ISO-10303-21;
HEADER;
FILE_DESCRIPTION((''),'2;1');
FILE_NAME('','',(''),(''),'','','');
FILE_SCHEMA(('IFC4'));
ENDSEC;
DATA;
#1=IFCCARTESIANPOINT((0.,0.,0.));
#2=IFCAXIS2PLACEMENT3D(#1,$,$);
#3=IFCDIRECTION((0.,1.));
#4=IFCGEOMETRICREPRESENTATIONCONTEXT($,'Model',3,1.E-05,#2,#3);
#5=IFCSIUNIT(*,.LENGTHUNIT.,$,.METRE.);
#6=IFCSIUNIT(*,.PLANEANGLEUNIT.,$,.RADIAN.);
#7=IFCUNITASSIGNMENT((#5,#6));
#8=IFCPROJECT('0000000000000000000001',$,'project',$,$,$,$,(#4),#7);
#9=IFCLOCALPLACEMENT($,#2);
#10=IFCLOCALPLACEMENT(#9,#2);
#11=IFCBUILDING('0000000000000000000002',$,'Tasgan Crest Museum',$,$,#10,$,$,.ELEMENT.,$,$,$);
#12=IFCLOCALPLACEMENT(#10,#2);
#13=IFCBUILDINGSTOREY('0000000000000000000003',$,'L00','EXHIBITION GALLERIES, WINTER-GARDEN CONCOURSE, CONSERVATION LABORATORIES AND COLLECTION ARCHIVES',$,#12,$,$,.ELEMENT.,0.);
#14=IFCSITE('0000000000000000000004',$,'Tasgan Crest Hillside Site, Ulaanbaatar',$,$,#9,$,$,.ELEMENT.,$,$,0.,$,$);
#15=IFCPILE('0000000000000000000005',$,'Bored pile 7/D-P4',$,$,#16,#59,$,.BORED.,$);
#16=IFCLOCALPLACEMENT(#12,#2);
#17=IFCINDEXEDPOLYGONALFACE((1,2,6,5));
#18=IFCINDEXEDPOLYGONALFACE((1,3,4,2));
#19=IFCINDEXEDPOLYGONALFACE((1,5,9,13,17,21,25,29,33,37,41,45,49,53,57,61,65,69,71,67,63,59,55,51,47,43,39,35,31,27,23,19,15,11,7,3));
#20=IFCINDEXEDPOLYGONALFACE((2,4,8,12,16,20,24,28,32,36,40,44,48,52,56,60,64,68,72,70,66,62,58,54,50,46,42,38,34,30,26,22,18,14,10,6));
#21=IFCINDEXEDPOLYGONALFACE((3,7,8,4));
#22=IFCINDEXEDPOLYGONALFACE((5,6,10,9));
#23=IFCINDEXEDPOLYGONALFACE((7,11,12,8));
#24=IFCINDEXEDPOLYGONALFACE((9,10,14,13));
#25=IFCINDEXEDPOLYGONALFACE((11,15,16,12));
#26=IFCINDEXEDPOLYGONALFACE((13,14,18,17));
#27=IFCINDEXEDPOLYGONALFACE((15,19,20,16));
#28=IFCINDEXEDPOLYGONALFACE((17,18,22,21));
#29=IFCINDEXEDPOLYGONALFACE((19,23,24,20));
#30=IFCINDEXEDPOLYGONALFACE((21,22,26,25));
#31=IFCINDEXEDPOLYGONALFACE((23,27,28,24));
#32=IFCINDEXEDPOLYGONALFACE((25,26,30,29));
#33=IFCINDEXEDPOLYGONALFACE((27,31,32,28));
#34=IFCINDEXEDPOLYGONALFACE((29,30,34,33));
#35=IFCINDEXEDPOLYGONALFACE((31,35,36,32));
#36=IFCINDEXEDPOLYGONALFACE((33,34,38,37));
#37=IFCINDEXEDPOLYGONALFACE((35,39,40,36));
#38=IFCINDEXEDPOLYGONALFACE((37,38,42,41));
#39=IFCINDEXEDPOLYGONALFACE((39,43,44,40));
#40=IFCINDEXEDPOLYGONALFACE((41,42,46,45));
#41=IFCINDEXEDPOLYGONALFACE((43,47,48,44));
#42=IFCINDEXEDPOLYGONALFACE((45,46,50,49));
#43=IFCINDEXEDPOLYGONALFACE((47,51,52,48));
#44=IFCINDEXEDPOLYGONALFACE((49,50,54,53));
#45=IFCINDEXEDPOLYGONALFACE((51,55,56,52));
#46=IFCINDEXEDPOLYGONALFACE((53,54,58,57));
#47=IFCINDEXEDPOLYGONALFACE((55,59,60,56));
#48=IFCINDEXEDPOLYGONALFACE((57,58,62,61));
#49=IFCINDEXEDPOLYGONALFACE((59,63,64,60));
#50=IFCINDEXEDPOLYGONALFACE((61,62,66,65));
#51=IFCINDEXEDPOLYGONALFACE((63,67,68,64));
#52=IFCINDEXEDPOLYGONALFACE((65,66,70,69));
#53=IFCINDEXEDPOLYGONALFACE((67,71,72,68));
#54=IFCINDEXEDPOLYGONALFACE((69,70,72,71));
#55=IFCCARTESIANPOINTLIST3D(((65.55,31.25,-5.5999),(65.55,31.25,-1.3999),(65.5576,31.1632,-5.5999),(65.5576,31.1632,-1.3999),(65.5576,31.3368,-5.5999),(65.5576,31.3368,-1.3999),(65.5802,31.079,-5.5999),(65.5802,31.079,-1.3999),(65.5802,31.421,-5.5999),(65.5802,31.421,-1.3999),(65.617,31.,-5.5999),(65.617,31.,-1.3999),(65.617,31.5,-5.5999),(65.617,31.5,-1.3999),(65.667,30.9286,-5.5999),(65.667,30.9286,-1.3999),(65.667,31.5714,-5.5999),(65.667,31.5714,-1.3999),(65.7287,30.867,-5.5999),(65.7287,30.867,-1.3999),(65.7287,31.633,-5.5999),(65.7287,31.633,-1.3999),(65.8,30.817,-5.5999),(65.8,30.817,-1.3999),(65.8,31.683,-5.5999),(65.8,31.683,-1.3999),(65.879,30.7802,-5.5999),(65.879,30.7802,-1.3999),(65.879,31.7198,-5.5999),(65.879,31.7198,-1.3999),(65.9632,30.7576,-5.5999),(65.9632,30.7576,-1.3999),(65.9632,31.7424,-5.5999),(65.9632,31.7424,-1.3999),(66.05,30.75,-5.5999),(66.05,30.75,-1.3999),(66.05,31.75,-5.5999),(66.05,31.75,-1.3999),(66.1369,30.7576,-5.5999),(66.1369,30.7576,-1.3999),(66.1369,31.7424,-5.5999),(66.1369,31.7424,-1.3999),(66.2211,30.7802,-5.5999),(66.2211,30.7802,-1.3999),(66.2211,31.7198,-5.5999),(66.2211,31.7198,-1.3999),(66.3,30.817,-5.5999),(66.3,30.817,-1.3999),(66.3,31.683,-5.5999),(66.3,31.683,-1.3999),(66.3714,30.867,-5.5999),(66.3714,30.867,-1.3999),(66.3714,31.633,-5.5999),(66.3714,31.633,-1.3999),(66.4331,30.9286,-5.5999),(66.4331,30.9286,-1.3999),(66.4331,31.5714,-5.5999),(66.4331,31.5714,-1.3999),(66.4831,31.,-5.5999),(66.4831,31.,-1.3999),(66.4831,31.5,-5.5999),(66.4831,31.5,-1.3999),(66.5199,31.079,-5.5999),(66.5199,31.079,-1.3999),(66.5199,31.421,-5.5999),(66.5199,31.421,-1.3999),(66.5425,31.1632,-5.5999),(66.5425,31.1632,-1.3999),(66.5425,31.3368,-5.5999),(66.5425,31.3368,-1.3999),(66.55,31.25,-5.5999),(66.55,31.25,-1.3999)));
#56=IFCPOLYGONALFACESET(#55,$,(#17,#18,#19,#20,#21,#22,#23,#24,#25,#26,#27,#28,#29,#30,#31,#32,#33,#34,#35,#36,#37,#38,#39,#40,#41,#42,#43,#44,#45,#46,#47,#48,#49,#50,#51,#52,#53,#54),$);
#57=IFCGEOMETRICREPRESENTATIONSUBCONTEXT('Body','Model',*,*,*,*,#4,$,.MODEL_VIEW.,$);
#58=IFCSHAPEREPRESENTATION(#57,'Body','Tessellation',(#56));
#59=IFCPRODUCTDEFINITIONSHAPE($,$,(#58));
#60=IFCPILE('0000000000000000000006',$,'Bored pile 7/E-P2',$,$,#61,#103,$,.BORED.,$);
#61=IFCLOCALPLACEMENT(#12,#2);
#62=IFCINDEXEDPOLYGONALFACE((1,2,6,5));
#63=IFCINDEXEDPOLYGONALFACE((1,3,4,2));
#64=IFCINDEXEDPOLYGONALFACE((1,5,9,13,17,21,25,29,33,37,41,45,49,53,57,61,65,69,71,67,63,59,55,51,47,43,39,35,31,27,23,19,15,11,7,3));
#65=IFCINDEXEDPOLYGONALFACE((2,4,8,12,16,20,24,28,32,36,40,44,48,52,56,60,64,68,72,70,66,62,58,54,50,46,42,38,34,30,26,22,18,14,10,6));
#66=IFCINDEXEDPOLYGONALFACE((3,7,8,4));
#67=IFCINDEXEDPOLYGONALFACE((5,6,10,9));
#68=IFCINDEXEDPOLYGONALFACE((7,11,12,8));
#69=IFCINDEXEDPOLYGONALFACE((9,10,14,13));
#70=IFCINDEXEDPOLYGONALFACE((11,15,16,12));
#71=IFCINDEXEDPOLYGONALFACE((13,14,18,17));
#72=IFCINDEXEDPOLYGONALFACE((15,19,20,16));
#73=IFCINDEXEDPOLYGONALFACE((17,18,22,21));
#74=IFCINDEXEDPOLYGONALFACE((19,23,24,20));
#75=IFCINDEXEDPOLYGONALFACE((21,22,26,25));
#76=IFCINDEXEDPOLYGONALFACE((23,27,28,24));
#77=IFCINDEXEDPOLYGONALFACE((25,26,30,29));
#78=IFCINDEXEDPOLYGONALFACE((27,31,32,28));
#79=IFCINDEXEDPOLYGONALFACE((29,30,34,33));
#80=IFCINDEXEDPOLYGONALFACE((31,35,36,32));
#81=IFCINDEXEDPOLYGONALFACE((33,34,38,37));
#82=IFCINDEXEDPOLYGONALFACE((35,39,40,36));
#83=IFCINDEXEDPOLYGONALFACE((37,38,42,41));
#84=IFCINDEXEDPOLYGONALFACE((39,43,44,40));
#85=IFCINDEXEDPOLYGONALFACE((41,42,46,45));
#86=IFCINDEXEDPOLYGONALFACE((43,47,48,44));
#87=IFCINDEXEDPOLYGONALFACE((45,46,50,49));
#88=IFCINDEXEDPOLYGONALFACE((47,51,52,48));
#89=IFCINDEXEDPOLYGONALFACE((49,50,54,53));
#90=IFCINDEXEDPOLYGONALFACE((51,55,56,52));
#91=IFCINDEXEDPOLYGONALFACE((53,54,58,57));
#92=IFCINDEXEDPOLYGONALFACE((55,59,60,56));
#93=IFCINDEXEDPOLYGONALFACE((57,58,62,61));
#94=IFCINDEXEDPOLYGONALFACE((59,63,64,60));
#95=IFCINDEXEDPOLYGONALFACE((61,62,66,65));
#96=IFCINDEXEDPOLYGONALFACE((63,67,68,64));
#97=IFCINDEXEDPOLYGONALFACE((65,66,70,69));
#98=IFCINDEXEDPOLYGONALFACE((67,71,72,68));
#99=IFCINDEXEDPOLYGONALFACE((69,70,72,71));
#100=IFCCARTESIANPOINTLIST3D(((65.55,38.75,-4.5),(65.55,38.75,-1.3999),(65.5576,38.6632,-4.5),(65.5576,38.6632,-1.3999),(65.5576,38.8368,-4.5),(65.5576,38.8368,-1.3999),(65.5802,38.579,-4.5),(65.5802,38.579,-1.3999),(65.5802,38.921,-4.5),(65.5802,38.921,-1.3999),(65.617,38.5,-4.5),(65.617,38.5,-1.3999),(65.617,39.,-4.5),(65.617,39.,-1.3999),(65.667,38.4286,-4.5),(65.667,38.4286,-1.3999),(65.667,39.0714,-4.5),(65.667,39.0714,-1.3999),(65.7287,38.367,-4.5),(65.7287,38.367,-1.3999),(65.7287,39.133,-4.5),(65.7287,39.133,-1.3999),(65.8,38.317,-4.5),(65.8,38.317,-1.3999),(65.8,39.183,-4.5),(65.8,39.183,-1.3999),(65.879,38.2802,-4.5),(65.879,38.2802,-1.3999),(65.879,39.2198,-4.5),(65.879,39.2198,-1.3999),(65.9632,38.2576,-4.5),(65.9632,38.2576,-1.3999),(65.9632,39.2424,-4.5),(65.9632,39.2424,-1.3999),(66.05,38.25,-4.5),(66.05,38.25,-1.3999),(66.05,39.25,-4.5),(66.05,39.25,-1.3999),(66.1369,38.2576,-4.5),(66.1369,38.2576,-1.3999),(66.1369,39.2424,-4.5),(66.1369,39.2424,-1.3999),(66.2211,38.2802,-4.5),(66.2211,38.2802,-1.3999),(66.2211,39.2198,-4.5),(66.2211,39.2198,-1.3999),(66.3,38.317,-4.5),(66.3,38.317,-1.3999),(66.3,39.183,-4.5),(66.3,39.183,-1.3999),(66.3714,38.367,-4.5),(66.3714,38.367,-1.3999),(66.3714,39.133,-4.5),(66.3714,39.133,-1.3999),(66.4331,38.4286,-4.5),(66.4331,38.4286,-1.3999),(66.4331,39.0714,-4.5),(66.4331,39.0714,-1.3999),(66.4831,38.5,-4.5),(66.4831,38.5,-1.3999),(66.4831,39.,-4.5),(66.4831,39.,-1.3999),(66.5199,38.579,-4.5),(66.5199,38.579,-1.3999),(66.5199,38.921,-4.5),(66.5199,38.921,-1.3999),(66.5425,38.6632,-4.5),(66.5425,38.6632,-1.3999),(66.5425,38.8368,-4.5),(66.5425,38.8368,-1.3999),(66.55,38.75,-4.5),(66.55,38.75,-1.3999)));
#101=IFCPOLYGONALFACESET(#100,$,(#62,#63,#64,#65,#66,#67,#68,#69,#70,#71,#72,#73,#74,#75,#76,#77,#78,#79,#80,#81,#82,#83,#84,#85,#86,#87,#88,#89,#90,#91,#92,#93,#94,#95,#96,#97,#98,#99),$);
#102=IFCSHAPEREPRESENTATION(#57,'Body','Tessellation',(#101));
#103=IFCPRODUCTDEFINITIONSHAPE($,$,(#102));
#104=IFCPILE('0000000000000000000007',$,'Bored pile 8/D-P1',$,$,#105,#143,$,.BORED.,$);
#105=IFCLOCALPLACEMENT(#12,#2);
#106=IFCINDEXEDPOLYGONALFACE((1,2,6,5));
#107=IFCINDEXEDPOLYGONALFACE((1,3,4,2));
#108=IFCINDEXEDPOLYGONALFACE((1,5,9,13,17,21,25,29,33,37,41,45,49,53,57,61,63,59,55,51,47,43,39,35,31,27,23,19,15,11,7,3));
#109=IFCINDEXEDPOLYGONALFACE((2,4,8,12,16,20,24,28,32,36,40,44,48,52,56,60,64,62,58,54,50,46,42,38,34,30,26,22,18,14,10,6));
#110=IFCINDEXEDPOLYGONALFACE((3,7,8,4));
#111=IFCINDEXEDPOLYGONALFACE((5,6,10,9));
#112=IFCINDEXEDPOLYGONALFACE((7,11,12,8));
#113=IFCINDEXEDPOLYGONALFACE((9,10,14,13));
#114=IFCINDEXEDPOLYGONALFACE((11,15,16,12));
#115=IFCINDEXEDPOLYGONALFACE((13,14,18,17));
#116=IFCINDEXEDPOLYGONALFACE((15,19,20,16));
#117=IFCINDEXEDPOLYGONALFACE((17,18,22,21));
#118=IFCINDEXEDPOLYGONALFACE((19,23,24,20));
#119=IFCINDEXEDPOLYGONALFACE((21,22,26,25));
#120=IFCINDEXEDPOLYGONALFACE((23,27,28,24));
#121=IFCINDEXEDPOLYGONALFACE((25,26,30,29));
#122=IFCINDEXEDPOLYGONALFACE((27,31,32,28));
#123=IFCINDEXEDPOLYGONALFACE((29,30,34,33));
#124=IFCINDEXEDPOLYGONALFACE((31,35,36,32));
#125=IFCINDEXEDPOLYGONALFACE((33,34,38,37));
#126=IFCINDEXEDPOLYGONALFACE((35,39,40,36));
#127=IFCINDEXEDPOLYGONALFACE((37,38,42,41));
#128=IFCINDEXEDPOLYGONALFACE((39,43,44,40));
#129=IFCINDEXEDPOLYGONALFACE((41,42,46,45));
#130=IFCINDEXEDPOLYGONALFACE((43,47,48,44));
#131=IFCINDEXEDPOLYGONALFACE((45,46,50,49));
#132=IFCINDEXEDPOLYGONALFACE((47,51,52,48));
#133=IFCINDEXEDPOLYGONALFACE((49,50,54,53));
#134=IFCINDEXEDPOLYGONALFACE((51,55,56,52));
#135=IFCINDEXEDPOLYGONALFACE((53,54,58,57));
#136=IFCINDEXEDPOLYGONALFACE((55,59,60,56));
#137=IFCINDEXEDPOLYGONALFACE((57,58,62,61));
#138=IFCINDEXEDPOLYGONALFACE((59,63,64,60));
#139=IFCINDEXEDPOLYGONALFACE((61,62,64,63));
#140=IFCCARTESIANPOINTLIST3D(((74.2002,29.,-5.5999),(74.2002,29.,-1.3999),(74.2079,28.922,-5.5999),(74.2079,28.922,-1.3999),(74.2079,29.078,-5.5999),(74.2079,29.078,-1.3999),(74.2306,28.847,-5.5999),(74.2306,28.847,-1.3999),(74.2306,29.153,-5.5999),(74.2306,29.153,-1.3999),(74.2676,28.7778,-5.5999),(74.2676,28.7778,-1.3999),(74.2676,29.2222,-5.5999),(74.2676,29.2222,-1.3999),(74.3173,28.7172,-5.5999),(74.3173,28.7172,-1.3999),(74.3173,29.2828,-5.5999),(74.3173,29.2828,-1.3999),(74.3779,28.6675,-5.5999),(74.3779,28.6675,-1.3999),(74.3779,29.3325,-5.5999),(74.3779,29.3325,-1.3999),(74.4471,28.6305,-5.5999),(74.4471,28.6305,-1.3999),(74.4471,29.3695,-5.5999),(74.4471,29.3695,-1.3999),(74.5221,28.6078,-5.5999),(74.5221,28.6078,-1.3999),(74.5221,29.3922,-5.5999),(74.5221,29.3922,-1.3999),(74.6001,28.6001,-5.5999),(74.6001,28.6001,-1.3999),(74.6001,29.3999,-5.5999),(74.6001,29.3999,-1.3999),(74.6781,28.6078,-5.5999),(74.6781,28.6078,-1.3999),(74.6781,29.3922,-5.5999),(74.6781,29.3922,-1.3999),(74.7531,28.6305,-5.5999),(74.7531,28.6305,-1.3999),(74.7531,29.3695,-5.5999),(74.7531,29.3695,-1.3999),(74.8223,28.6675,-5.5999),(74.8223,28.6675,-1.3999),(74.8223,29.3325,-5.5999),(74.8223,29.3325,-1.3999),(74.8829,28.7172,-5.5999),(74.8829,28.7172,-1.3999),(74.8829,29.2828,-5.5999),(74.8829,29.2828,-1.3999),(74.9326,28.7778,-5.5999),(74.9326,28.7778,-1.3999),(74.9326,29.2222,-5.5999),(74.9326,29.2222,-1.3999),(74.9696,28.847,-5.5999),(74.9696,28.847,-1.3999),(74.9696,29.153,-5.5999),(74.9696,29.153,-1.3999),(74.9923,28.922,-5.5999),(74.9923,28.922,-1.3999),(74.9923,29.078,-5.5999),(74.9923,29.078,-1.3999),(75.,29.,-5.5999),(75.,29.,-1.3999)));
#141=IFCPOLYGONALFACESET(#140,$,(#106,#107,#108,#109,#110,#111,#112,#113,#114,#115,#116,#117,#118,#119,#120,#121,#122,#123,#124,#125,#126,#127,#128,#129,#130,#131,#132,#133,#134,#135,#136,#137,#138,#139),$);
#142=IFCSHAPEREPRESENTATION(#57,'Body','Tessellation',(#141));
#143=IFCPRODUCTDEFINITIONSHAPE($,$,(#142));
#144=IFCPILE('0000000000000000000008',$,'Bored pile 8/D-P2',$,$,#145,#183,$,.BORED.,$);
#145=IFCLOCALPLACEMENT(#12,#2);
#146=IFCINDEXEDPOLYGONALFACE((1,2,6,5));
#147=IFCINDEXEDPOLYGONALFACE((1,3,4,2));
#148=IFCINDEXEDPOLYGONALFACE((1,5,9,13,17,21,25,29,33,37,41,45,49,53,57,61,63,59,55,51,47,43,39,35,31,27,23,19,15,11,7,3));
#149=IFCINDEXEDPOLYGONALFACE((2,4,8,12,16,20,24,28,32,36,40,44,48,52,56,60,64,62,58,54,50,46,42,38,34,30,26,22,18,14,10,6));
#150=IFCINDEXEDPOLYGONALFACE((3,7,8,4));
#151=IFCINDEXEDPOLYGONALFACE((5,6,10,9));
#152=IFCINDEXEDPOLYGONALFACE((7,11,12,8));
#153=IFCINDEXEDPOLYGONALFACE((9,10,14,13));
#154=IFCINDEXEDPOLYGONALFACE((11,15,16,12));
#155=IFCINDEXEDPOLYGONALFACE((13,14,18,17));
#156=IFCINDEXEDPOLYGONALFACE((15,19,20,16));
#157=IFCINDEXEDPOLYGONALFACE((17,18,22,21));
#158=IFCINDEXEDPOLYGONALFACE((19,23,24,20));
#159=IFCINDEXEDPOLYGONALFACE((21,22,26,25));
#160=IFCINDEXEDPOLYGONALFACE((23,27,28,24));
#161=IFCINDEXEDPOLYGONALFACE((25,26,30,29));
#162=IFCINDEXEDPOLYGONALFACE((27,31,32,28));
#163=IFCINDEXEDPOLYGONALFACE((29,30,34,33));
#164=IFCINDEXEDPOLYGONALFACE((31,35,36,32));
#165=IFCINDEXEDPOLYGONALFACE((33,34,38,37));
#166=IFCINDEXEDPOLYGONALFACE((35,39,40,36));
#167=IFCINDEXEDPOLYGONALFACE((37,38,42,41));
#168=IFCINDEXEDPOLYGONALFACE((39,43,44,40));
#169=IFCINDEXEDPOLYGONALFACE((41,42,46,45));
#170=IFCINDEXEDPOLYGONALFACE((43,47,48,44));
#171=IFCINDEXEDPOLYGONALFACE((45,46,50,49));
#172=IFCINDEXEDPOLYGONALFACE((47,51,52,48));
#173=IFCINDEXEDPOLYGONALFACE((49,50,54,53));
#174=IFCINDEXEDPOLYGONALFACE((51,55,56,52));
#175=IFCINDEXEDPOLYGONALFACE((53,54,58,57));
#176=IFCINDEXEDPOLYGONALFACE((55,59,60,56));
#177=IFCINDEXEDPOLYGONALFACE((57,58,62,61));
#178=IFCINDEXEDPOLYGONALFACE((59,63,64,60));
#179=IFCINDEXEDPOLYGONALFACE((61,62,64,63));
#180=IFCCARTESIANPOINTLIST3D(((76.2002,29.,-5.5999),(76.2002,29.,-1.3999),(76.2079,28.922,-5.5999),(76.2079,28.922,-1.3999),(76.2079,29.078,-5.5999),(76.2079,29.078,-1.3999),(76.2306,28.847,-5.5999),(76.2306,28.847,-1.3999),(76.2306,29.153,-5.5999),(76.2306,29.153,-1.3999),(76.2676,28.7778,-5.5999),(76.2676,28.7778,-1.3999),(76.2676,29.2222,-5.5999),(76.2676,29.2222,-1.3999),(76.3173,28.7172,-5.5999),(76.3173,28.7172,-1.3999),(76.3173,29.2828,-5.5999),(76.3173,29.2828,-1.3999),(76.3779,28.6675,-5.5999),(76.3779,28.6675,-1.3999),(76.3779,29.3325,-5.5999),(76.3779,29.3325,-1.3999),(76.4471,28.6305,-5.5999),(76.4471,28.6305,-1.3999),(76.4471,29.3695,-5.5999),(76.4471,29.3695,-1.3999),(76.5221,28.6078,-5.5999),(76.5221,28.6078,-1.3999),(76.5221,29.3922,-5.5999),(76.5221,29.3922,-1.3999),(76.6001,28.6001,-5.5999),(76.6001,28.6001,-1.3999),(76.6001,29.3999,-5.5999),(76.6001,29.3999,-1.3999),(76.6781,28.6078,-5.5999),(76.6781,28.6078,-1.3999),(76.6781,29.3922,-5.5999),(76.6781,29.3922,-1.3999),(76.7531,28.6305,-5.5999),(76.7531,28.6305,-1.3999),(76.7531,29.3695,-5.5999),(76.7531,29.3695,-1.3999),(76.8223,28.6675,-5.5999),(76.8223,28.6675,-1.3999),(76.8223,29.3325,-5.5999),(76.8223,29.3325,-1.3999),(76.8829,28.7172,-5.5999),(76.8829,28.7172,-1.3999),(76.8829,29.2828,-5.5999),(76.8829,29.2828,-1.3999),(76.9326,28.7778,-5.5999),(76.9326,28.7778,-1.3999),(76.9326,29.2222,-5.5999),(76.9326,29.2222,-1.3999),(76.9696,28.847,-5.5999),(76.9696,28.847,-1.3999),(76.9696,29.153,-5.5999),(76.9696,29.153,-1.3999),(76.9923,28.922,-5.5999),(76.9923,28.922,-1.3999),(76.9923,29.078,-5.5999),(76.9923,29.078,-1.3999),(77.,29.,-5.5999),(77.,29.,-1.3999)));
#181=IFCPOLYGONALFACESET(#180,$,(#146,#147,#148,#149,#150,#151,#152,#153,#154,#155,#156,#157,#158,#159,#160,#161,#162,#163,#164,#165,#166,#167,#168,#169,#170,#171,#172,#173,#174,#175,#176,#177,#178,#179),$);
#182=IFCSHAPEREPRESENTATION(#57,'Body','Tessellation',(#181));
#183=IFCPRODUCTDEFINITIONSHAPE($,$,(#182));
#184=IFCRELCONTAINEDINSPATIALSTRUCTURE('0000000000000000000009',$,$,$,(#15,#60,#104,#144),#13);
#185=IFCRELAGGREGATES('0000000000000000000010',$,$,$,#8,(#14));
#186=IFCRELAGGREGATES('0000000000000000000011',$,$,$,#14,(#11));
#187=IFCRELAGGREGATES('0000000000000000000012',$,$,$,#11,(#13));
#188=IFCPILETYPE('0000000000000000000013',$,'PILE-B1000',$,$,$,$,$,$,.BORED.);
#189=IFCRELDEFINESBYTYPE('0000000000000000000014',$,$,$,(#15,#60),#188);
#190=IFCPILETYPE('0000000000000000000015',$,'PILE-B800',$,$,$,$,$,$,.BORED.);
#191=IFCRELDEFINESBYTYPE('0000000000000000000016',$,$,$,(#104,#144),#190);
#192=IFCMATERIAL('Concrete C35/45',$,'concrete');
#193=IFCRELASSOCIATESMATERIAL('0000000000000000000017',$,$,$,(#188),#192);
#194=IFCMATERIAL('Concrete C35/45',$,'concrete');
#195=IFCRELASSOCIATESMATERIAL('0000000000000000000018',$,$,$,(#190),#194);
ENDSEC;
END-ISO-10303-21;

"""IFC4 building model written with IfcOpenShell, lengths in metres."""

from ifc_helpers import new_model, si_unit, direction, frame, origin, origin_2d, place, context, subcontext, project, spatial, circle, extrude, material, material_profile, profile_set, type_object, element, save


model = new_model("IFC4")

# Units and contexts
model_context = context("Model", 3, precision=1e-05, world=origin(), true_north=direction((0.0, 1.0)))
body_context = subcontext(model_context, "Body", "Model", "MODEL_VIEW")
ifc_project = project(units=[si_unit("LENGTHUNIT", "METRE"), si_unit("PLANEANGLEUNIT", "RADIAN")], contexts=[model_context])

# Site, building, storey
site_placement = place(None, origin())
site = spatial("IfcSite", under=ifc_project, at=site_placement, Name="Tasgan Crest Hillside Site, Ulaanbaatar", CompositionType="ELEMENT", RefElevation=0.0)
building_placement = place(site_placement, origin())
building = spatial("IfcBuilding", under=site, at=building_placement, Name="Tasgan Crest Museum", CompositionType="ELEMENT")
storey_placement = place(building_placement, origin())
storey = spatial("IfcBuildingStorey", under=building, at=storey_placement, Name="L00", Description="EXHIBITION GALLERIES, WINTER-GARDEN CONCOURSE, CONSERVATION LABORATORIES AND COLLECTION ARCHIVES", CompositionType="ELEMENT", Elevation=0.0)

# Piles
ifc_material_1 = material(Name="Concrete C35/45", Category="concrete")
ifc_material_profile_1 = material_profile(ifc_material_1, circle(Radius=0.5, at=origin_2d()), Name="PILE D1000")
ifc_profile_set_1 = profile_set([ifc_material_profile_1], Name="Concrete C35/45")
pile_type_1 = type_object("IfcPileType", Name="PILE-B1000", PredefinedType="BORED", material=ifc_profile_set_1)
for number, where, z_axis, x_axis, name in (
    (1, (66.05, 31.25, -1.3999), (0.0, 0.0, -1.0), (1.0, 0.0, 0.0), "Bored pile 7/D-P4"),
):
    element("IfcPile", number, at=place(storey_placement, frame(where, z_axis=z_axis, x_axis=x_axis)), inside=storey, type_object=pile_type_1, Name=name, PredefinedType="BORED", context=body_context, shape_type="SweptSolid", body=[
        extrude(circle(Radius=0.5, at=origin_2d()), origin(), (0.0, 0.0, 1.0), 4.2),
    ])
pile_1_placement = place(storey_placement, frame((66.05, 38.75, -1.3999), z_axis=(0.0, 0.0, -1.0), x_axis=(1.0, 0.0, 0.0)))
element("IfcPile", 2, at=pile_1_placement, inside=storey, type_object=pile_type_1, Name="Bored pile 7/E-P2", PredefinedType="BORED", context=body_context, shape_type="SweptSolid", body=[
    extrude(circle(Radius=0.5, at=origin_2d()), origin(), (0.0, 0.0, 1.0), 3.1001),
])
ifc_material_2 = material(Name="Concrete C35/45", Category="concrete")
ifc_material_profile_2 = material_profile(ifc_material_2, circle(Radius=0.3999, at=origin_2d()), Name="PILE D800")
ifc_profile_set_2 = profile_set([ifc_material_profile_2], Name="Concrete C35/45")
pile_type_2 = type_object("IfcPileType", Name="PILE-B800", PredefinedType="BORED", material=ifc_profile_set_2)
for number, where, z_axis, x_axis, name in (
    (3, (74.6001, 29.0, -1.3999), (0.0, 0.0, -1.0), (1.0, 0.0, 0.0), "Bored pile 8/D-P1"),
    (4, (76.6001, 29.0, -1.3999), (0.0, 0.0, -1.0), (1.0, 0.0, 0.0), "Bored pile 8/D-P2"),
):
    element("IfcPile", number, at=place(storey_placement, frame(where, z_axis=z_axis, x_axis=x_axis)), inside=storey, type_object=pile_type_2, Name=name, PredefinedType="BORED", context=body_context, shape_type="SweptSolid", body=[
        extrude(circle(Radius=0.3999, at=origin_2d()), origin(), (0.0, 0.0, 1.0), 4.2),
    ])

save(model, "model.ifc")
